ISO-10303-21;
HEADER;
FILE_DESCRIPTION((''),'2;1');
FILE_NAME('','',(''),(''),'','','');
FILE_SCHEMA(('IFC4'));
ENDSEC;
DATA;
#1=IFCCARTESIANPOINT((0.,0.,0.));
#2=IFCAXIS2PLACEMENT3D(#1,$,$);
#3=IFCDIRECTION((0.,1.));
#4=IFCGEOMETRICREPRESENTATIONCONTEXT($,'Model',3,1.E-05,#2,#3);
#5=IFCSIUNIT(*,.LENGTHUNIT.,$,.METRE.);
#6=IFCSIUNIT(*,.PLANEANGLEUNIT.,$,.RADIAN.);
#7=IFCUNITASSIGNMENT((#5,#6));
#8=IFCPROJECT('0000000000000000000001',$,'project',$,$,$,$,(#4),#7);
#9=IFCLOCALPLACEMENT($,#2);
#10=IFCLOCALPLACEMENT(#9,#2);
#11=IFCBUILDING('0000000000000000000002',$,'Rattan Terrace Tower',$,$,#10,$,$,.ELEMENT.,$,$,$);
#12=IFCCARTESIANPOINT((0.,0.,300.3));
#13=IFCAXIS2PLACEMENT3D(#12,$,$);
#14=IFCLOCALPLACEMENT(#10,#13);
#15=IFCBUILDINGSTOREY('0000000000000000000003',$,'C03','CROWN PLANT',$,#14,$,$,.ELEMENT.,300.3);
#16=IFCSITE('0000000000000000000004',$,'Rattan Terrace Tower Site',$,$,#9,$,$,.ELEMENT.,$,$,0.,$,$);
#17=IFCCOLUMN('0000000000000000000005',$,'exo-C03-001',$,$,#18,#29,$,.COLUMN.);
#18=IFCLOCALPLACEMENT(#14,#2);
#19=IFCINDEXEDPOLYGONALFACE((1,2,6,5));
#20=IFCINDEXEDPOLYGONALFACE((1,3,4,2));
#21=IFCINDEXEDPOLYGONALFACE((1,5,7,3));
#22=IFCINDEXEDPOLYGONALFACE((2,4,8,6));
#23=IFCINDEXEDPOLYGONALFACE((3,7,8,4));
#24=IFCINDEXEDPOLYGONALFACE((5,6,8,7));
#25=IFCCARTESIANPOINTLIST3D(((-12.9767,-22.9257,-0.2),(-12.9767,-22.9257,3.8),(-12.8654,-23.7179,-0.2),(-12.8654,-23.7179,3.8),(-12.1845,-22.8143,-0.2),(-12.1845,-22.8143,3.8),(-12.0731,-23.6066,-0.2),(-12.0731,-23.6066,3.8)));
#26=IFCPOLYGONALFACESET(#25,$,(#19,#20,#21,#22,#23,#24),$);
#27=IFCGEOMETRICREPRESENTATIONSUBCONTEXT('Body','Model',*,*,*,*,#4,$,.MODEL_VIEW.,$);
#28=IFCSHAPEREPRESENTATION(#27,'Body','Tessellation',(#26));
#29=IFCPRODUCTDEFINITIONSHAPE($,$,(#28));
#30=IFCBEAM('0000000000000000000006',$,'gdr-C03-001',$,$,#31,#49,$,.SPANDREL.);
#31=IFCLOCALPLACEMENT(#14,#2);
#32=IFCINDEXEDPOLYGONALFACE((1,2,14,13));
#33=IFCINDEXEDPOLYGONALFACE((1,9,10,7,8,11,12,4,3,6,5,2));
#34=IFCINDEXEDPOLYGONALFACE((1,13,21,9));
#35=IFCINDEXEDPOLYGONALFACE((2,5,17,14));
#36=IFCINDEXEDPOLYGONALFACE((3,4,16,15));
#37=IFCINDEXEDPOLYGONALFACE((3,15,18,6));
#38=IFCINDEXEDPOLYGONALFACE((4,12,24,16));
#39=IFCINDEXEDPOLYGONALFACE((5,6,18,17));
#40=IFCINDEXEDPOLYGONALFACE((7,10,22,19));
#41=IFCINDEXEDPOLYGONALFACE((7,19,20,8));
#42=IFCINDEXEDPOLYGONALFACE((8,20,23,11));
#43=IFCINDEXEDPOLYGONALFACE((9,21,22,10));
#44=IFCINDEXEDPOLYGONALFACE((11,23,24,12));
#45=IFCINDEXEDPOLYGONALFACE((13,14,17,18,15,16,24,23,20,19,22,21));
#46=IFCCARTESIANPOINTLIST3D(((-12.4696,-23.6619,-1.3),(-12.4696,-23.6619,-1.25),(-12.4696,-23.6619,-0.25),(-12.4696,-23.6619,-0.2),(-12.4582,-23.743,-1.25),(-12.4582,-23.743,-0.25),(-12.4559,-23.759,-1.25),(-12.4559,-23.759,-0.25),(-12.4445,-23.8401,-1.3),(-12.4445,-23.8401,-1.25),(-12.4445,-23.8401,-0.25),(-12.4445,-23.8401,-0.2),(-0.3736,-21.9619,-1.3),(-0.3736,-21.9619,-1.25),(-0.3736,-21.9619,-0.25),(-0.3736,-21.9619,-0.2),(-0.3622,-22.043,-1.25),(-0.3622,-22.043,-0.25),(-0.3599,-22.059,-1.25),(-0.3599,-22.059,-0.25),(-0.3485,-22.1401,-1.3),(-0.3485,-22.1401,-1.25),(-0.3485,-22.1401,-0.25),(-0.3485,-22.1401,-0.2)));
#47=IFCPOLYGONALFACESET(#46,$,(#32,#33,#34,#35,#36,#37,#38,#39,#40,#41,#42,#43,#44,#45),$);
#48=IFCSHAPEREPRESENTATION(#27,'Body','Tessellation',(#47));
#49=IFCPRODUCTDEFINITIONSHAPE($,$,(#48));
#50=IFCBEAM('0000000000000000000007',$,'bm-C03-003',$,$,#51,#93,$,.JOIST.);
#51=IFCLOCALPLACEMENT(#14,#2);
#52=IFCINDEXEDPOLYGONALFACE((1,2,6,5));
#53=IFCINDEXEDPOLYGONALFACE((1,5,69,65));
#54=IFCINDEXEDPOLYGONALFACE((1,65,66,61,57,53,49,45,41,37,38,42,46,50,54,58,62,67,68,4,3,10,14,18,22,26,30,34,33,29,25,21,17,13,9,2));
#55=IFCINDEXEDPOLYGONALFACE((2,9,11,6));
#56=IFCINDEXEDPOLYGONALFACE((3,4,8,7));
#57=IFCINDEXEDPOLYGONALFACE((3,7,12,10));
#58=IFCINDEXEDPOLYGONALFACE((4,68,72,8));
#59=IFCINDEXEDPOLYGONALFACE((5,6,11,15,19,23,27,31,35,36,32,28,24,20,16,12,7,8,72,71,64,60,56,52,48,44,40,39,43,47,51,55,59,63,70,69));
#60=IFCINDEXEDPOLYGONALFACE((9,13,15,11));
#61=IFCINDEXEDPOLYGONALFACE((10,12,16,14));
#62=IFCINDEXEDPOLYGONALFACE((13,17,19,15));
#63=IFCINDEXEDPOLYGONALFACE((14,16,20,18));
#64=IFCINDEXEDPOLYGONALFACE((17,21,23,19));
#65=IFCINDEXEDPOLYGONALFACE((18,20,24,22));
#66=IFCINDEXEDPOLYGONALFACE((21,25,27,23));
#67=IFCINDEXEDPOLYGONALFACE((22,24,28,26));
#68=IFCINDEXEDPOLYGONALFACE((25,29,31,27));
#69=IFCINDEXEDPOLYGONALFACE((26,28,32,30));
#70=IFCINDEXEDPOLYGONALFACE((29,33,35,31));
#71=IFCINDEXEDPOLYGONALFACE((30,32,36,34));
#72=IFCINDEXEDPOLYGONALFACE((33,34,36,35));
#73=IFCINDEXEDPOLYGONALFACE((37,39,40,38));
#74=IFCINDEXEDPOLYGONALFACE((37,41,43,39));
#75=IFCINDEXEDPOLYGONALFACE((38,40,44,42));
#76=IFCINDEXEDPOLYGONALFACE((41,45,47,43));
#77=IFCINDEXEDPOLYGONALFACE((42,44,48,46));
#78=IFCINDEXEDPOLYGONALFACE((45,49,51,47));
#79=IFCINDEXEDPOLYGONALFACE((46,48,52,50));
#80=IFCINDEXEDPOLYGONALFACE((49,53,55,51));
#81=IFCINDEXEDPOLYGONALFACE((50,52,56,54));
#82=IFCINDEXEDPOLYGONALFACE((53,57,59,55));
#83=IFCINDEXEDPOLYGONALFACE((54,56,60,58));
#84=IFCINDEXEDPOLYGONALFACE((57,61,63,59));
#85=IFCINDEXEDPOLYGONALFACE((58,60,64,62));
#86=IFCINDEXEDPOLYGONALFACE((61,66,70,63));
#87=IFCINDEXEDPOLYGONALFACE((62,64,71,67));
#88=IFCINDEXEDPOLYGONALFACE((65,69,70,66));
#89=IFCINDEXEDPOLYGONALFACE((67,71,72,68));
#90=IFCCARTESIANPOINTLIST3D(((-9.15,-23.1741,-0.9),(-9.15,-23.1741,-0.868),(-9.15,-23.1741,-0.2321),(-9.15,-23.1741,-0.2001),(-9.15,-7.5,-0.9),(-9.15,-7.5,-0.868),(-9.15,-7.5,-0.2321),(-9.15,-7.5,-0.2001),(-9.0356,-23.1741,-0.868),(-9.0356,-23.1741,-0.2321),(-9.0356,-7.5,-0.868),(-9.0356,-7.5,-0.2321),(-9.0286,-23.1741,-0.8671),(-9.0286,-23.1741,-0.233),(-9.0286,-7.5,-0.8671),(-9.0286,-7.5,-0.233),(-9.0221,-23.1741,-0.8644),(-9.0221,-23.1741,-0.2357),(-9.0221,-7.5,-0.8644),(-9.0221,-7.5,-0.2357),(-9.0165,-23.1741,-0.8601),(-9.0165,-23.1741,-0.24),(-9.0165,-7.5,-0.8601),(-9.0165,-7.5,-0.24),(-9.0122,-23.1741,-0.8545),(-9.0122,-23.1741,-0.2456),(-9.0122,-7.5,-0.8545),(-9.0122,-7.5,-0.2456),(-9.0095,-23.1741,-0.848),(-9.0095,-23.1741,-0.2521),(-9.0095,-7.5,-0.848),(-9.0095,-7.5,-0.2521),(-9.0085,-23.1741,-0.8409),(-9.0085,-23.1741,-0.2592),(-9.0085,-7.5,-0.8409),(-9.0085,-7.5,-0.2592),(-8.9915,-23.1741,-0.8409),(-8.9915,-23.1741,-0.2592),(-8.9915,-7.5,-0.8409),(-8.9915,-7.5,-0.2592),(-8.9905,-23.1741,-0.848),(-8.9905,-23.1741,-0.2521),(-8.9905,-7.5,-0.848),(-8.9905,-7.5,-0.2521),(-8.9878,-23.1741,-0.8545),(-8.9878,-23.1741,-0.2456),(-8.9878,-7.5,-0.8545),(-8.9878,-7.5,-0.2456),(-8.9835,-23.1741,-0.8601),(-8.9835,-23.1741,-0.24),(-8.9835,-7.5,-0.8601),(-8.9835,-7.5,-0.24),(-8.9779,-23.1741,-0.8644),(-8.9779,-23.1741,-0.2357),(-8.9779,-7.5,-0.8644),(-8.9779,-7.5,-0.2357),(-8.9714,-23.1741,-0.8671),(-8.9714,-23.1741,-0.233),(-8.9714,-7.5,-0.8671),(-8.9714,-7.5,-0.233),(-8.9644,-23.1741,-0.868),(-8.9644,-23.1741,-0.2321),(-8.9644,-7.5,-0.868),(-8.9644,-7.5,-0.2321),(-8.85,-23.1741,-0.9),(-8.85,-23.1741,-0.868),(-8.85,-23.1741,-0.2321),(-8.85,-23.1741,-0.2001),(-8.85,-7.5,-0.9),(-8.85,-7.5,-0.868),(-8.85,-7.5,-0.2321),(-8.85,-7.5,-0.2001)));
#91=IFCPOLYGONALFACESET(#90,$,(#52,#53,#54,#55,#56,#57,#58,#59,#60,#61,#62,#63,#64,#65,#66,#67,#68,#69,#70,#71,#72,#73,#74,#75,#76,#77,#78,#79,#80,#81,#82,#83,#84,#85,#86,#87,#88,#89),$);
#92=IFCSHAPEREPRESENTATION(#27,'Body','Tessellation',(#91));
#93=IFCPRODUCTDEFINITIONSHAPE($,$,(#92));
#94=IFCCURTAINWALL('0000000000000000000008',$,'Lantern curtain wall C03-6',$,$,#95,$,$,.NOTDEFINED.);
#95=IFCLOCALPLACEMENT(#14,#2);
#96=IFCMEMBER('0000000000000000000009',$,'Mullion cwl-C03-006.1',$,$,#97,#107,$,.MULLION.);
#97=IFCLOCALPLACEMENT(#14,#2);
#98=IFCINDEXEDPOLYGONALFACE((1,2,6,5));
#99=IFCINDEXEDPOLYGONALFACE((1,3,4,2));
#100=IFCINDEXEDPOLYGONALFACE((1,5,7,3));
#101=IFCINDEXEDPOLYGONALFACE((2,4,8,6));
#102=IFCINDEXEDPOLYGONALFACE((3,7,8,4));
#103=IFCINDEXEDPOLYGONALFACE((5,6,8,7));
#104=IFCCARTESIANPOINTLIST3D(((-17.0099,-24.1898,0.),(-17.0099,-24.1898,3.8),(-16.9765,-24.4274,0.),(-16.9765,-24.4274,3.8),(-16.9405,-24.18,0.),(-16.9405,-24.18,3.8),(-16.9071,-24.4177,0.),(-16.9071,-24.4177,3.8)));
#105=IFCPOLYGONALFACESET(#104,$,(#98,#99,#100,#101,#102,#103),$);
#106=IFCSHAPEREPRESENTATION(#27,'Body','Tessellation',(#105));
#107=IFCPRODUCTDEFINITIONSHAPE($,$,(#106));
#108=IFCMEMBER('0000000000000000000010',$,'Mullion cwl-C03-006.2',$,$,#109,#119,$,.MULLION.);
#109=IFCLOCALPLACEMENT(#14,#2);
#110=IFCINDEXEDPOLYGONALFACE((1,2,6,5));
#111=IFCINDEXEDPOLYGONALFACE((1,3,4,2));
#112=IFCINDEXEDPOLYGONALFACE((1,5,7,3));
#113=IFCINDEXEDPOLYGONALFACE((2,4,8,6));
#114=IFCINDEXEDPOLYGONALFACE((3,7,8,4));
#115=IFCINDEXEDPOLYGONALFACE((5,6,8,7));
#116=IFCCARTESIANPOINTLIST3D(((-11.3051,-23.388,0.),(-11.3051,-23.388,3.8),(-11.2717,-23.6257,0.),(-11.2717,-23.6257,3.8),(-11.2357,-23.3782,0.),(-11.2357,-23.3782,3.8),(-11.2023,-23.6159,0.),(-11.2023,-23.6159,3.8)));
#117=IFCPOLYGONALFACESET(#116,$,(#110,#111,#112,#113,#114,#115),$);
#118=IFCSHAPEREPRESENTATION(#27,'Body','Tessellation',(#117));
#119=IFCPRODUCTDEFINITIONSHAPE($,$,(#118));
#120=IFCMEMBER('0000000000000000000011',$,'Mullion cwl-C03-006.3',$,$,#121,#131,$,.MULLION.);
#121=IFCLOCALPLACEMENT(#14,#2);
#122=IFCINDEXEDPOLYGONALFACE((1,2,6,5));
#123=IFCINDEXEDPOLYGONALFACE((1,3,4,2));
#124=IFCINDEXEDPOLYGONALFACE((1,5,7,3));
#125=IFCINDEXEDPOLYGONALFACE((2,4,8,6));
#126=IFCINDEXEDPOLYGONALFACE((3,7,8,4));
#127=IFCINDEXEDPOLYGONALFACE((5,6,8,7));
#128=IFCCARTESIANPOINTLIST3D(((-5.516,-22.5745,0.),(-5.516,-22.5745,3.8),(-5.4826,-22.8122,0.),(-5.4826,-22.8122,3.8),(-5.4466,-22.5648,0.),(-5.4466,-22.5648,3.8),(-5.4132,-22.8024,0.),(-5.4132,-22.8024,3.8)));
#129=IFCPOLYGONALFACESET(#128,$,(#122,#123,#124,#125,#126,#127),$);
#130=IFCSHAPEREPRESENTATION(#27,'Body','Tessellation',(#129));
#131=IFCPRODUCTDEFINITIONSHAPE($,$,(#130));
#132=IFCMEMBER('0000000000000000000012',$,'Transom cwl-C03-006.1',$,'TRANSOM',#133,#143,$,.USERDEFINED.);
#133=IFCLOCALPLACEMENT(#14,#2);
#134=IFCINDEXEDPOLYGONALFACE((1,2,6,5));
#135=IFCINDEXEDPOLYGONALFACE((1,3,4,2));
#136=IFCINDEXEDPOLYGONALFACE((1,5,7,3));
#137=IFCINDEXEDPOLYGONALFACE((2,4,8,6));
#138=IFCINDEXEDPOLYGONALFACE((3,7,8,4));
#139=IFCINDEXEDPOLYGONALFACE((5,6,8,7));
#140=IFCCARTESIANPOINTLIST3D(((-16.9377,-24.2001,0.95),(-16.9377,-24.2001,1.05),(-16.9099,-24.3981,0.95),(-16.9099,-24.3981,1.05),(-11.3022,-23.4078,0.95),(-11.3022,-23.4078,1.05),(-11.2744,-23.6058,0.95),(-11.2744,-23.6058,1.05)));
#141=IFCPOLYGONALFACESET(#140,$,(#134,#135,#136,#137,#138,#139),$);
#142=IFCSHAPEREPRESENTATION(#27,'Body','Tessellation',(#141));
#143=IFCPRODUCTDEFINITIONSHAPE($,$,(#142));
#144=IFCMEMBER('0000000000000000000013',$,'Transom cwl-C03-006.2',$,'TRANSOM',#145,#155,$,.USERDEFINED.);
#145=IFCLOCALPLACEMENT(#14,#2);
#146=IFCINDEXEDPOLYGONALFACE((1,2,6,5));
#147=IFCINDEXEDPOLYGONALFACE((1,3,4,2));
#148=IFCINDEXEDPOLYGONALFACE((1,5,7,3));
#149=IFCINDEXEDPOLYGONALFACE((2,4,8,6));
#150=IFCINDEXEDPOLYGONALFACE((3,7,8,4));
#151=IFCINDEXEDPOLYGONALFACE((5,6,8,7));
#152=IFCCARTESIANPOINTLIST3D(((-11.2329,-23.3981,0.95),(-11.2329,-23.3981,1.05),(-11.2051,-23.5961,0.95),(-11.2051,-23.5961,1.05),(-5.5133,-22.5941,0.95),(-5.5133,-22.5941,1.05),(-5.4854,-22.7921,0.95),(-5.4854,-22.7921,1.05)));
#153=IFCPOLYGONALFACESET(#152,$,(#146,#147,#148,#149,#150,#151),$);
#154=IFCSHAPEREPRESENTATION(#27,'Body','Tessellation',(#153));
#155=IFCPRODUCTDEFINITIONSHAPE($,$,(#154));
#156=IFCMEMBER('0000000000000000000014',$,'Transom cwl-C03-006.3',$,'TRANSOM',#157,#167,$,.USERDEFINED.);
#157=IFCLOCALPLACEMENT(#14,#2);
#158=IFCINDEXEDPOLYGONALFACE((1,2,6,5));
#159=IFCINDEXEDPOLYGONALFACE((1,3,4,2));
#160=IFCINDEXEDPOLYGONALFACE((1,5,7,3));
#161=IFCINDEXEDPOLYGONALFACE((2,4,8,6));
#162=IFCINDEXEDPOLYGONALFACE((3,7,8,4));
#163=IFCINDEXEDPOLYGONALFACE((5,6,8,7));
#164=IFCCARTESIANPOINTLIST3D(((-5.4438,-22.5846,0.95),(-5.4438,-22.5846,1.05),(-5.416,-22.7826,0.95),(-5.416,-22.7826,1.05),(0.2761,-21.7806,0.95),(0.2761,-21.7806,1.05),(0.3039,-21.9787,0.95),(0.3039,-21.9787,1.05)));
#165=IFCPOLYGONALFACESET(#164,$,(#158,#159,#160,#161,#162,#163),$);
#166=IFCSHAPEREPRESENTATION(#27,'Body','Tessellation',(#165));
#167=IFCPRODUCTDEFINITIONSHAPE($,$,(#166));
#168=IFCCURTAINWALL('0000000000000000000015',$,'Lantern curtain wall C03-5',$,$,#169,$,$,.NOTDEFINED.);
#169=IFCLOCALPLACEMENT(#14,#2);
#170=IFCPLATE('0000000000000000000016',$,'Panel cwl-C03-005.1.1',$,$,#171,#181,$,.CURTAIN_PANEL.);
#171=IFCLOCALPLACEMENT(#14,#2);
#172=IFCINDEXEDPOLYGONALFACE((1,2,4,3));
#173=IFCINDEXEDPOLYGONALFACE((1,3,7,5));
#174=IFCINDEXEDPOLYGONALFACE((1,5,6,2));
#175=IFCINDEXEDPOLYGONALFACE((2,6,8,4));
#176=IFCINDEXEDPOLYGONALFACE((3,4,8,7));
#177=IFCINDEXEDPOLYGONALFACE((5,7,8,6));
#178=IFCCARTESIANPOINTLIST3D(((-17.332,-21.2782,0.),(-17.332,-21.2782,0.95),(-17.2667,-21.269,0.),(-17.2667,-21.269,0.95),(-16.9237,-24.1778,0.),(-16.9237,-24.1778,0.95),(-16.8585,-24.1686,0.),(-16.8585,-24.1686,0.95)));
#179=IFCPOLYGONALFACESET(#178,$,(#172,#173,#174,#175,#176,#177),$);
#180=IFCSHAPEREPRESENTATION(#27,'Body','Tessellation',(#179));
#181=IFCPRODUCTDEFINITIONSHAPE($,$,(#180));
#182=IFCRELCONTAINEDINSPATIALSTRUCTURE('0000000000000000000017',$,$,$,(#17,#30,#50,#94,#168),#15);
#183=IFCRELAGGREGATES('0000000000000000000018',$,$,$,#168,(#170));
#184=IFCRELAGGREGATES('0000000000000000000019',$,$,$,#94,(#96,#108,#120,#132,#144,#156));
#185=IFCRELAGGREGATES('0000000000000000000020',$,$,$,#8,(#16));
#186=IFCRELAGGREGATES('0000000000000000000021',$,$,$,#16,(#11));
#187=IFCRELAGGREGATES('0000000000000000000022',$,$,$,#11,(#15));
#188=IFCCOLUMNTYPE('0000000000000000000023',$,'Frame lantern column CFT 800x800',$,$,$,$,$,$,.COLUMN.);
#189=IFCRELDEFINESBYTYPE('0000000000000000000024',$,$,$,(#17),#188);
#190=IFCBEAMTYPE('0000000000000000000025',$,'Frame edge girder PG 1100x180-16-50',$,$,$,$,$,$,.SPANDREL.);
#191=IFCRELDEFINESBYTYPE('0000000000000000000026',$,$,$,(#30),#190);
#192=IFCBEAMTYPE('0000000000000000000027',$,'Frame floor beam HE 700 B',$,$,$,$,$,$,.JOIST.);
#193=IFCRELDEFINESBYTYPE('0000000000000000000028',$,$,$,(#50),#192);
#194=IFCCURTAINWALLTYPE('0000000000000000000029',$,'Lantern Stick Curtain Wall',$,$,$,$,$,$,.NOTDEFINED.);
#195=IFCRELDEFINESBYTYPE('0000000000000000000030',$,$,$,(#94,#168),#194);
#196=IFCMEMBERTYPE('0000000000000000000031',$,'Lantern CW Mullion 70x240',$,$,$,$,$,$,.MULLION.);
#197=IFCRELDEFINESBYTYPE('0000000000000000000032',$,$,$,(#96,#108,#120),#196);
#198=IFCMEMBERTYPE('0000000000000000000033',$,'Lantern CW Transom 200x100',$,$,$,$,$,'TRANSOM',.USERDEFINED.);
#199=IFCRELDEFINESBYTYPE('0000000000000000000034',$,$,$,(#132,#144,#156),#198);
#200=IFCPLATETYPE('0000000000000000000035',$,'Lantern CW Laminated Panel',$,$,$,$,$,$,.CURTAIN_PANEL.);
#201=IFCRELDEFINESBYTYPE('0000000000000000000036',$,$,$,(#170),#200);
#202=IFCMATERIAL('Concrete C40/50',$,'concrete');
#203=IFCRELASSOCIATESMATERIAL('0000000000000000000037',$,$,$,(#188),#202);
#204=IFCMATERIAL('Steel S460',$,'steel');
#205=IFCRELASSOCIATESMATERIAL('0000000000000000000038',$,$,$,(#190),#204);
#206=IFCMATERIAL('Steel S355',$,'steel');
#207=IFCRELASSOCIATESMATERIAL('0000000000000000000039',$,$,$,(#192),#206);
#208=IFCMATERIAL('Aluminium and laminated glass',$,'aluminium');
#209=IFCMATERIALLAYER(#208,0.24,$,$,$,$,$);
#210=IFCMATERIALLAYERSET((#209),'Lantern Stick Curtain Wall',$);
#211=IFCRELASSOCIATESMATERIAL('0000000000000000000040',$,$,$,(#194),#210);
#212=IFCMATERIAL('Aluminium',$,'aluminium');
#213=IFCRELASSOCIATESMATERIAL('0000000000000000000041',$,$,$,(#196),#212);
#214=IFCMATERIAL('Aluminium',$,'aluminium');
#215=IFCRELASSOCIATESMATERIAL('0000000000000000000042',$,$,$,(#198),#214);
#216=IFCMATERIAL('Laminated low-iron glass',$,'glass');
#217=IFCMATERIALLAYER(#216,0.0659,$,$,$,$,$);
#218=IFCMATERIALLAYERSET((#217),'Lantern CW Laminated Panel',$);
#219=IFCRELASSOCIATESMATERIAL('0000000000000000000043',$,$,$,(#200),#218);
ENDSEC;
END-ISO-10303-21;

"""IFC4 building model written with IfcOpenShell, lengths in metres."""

from ifc_helpers import new_model, si_unit, direction, frame, origin, origin_2d, place, context, subcontext, project, spatial, rectangle, i_section, extrude, material, layer, layer_set, material_profile, profile_set, type_object, element, aggregate, save


model = new_model("IFC4")

# Units and contexts
model_context = context("Model", 3, precision=1e-05, world=origin(), true_north=direction((0.0, 1.0)))
body_context = subcontext(model_context, "Body", "Model", "MODEL_VIEW")
ifc_project = project(units=[si_unit("LENGTHUNIT", "METRE"), si_unit("PLANEANGLEUNIT", "RADIAN")], contexts=[model_context])

# Site, building, storey
site_placement = place(None, origin())
site = spatial("IfcSite", under=ifc_project, at=site_placement, Name="Rattan Terrace Tower Site", CompositionType="ELEMENT", RefElevation=0.0)
building_placement = place(site_placement, origin())
building = spatial("IfcBuilding", under=site, at=building_placement, Name="Rattan Terrace Tower", CompositionType="ELEMENT")
storey_placement = place(building_placement, frame((0.0, 0.0, 300.3)))
storey = spatial("IfcBuildingStorey", under=building, at=storey_placement, Name="C03", Description="CROWN PLANT", CompositionType="ELEMENT", Elevation=300.3)

# Column
ifc_material_1 = material(Name="Concrete C40/50", Category="concrete")
ifc_material_profile_1 = material_profile(ifc_material_1, rectangle(XDim=0.8, YDim=0.8, at=origin_2d()), Name="CFT 800x800")
ifc_profile_set_1 = profile_set([ifc_material_profile_1], Name="Concrete C40/50")
column_type = type_object("IfcColumnType", Name="Frame lantern column CFT 800x800", PredefinedType="COLUMN", material=ifc_profile_set_1)
column_placement = place(storey_placement, frame((-12.5249, -23.2661, -0.2), z_axis=(0.0, 0.0, 1.0), x_axis=(0.990266, 0.13919, 0.0)))
element("IfcColumn", 1, at=column_placement, inside=storey, type_object=column_type, Name="exo-C03-001", PredefinedType="COLUMN", context=body_context, shape_type="SweptSolid", body=[
    extrude(rectangle(XDim=0.8, YDim=0.8, at=origin_2d()), origin(), (0.0, 0.0, 1.0), 4.0),
])

# Beams
ifc_material_2 = material(Name="Steel S460", Category="steel")
ifc_material_profile_2 = material_profile(ifc_material_2, i_section(OverallWidth=0.1799, OverallDepth=1.1001, WebThickness=0.0161, FlangeThickness=0.05, at=origin_2d()), Name="PG 1100x180-16-50")
ifc_profile_set_2 = profile_set([ifc_material_profile_2], Name="Steel S460")
beam_type_1 = type_object("IfcBeamType", Name="Frame edge girder PG 1100x180-16-50", PredefinedType="SPANDREL", material=ifc_profile_set_2)
beam_1_placement = place(storey_placement, frame((-12.457, -23.751, -0.75), z_axis=(0.990268, 0.139171, 0.0), x_axis=(-0.139171, 0.990268, 0.0)))
element("IfcBeam", 2, at=beam_1_placement, inside=storey, type_object=beam_type_1, Name="gdr-C03-001", PredefinedType="SPANDREL", context=body_context, shape_type="SweptSolid", body=[
    extrude(i_section(OverallWidth=0.1799, OverallDepth=1.1001, WebThickness=0.0161, FlangeThickness=0.05, at=origin_2d()), origin(), (0.0, 0.0, 1.0), 12.2148),
])
ifc_material_3 = material(Name="Steel S355", Category="steel")
ifc_material_profile_3 = material_profile(ifc_material_3, i_section(OverallWidth=0.3, OverallDepth=0.7, WebThickness=0.0171, FlangeThickness=0.032, FilletRadius=0.0271, at=origin_2d()), Name="HE 700 B")
ifc_profile_set_3 = profile_set([ifc_material_profile_3], Name="Steel S355")
beam_type_2 = type_object("IfcBeamType", Name="Frame floor beam HE 700 B", PredefinedType="JOIST", material=ifc_profile_set_3)
beam_2_placement = place(storey_placement, frame((-9.0, -23.1741, -0.55), z_axis=(0.0, 1.0, 0.0), x_axis=(-1.0, 0.0, 0.0)))
element("IfcBeam", 3, at=beam_2_placement, inside=storey, type_object=beam_type_2, Name="bm-C03-003", PredefinedType="JOIST", context=body_context, shape_type="SweptSolid", body=[
    extrude(i_section(OverallWidth=0.3, OverallDepth=0.7, WebThickness=0.0171, FlangeThickness=0.032, FilletRadius=0.0271, at=origin_2d()), origin(), (0.0, 0.0, 1.0), 15.6741),
])

# Curtain wall, members
ifc_material_4 = material(Name="Aluminium and laminated glass", Category="aluminium")
ifc_layer_1 = layer(ifc_material_4, 0.24)
ifc_layer_set_1 = layer_set([ifc_layer_1], Name="Lantern Stick Curtain Wall")
curtain_wall_type = type_object("IfcCurtainWallType", Name="Lantern Stick Curtain Wall", PredefinedType="NOTDEFINED", material=ifc_layer_set_1)
curtain_wall_1_placement = place(storey_placement, origin())
curtain_wall_1 = element("IfcCurtainWall", 4, at=curtain_wall_1_placement, inside=storey, type_object=curtain_wall_type, Name="Lantern curtain wall C03-6", PredefinedType="NOTDEFINED")
ifc_material_5 = material(Name="Aluminium", Category="aluminium")
ifc_material_profile_4 = material_profile(ifc_material_5, rectangle(XDim=0.0701, YDim=0.24, at=origin_2d()), Name="Aluminium 70x240")
ifc_profile_set_4 = profile_set([ifc_material_profile_4], Name="Aluminium")
member_type_1 = type_object("IfcMemberType", Name="Lantern CW Mullion 70x240", PredefinedType="MULLION", material=ifc_profile_set_4)
member_1_placement = place(storey_placement, frame((-16.9585, -24.3037, 0.0), z_axis=(0.0, 0.0, 1.0), x_axis=(0.990267, 0.139181, 0.0)))
member_1 = element("IfcMember", 5, at=member_1_placement, type_object=member_type_1, Name="Mullion cwl-C03-006.1", PredefinedType="MULLION", context=body_context, shape_type="SweptSolid", body=[
    extrude(rectangle(XDim=0.0701, YDim=0.24, at=origin_2d()), origin(), (0.0, 0.0, 1.0), 3.8),
])
member_2_placement = place(storey_placement, frame((-11.2537, -23.502, 0.0), z_axis=(0.0, 0.0, 1.0), x_axis=(0.990267, 0.139181, 0.0)))
member_2 = element("IfcMember", 6, at=member_2_placement, type_object=member_type_1, Name="Mullion cwl-C03-006.2", PredefinedType="MULLION", context=body_context, shape_type="SweptSolid", body=[
    extrude(rectangle(XDim=0.0701, YDim=0.24, at=origin_2d()), origin(), (0.0, 0.0, 1.0), 3.8),
])
member_3_placement = place(storey_placement, frame((-5.4646, -22.6885, 0.0), z_axis=(0.0, 0.0, 1.0), x_axis=(0.990267, 0.139181, 0.0)))
member_3 = element("IfcMember", 7, at=member_3_placement, type_object=member_type_1, Name="Mullion cwl-C03-006.3", PredefinedType="MULLION", context=body_context, shape_type="SweptSolid", body=[
    extrude(rectangle(XDim=0.0701, YDim=0.24, at=origin_2d()), origin(), (0.0, 0.0, 1.0), 3.8),
])
ifc_material_6 = material(Name="Aluminium", Category="aluminium")
ifc_material_profile_5 = material_profile(ifc_material_6, rectangle(XDim=0.2, YDim=0.1001, at=origin_2d()), Name="Aluminium 200x100")
ifc_profile_set_5 = profile_set([ifc_material_profile_5], Name="Aluminium")
member_type_2 = type_object("IfcMemberType", Name="Lantern CW Transom 200x100", ElementType="TRANSOM", PredefinedType="USERDEFINED", material=ifc_profile_set_5)
member_4_placement = place(storey_placement, frame((-16.9238, -24.2991, 1.0), z_axis=(0.990263, 0.139211, 0.0), x_axis=(-0.139211, 0.990263, 0.0)))
member_4 = element("IfcMember", 8, at=member_4_placement, type_object=member_type_2, Name="Transom cwl-C03-006.1", ObjectType="TRANSOM", PredefinedType="USERDEFINED", context=body_context, shape_type="SweptSolid", body=[
    extrude(rectangle(XDim=0.2, YDim=0.1001, at=origin_2d()), origin(), (0.0, 0.0, 1.0), 5.6909),
])
member_5_placement = place(storey_placement, frame((-11.219, -23.4971, 1.0), z_axis=(0.990266, 0.13919, 0.0), x_axis=(-0.13919, 0.990266, 0.0)))
member_5 = element("IfcMember", 9, at=member_5_placement, type_object=member_type_2, Name="Transom cwl-C03-006.2", ObjectType="TRANSOM", PredefinedType="USERDEFINED", context=body_context, shape_type="SweptSolid", body=[
    extrude(rectangle(XDim=0.2, YDim=0.1001, at=origin_2d()), origin(), (0.0, 0.0, 1.0), 5.7759),
])
member_6_placement = place(storey_placement, frame((-5.4299, -22.6836, 1.0), z_axis=(0.990267, 0.139184, 0.0), x_axis=(-0.139184, 0.990267, 0.0)))
member_6 = element("IfcMember", 10, at=member_6_placement, type_object=member_type_2, Name="Transom cwl-C03-006.3", ObjectType="TRANSOM", PredefinedType="USERDEFINED", context=body_context, shape_type="SweptSolid", body=[
    extrude(rectangle(XDim=0.2, YDim=0.1001, at=origin_2d()), origin(), (0.0, 0.0, 1.0), 5.7761),
])

# Curtain wall, plate
curtain_wall_2_placement = place(storey_placement, origin())
curtain_wall_2 = element("IfcCurtainWall", 11, at=curtain_wall_2_placement, inside=storey, type_object=curtain_wall_type, Name="Lantern curtain wall C03-5", PredefinedType="NOTDEFINED")
ifc_material_7 = material(Name="Laminated low-iron glass", Category="glass")
ifc_layer_2 = layer(ifc_material_7, 0.0659)
ifc_layer_set_2 = layer_set([ifc_layer_2], Name="Lantern CW Laminated Panel")
plate_type = type_object("IfcPlateType", Name="Lantern CW Laminated Panel", PredefinedType="CURTAIN_PANEL", material=ifc_layer_set_2)
plate_1_placement = place(storey_placement, frame((-17.0952, -22.7234, 0.0), z_axis=(0.0, 0.0, 1.0), x_axis=(0.139413, -0.990234, 0.0)))
plate_1 = element("IfcPlate", 12, at=plate_1_placement, type_object=plate_type, Name="Panel cwl-C03-005.1.1", PredefinedType="CURTAIN_PANEL", context=body_context, shape_type="SweptSolid", body=[
    extrude(rectangle(XDim=2.9282, YDim=0.0659, at=origin_2d()), origin(), (0.0, 0.0, 1.0), 0.95),
])
aggregate(curtain_wall_2, [plate_1])

aggregate(curtain_wall_1, [member_1, member_2, member_3, member_4, member_5, member_6])

save(model, "model.ifc")
